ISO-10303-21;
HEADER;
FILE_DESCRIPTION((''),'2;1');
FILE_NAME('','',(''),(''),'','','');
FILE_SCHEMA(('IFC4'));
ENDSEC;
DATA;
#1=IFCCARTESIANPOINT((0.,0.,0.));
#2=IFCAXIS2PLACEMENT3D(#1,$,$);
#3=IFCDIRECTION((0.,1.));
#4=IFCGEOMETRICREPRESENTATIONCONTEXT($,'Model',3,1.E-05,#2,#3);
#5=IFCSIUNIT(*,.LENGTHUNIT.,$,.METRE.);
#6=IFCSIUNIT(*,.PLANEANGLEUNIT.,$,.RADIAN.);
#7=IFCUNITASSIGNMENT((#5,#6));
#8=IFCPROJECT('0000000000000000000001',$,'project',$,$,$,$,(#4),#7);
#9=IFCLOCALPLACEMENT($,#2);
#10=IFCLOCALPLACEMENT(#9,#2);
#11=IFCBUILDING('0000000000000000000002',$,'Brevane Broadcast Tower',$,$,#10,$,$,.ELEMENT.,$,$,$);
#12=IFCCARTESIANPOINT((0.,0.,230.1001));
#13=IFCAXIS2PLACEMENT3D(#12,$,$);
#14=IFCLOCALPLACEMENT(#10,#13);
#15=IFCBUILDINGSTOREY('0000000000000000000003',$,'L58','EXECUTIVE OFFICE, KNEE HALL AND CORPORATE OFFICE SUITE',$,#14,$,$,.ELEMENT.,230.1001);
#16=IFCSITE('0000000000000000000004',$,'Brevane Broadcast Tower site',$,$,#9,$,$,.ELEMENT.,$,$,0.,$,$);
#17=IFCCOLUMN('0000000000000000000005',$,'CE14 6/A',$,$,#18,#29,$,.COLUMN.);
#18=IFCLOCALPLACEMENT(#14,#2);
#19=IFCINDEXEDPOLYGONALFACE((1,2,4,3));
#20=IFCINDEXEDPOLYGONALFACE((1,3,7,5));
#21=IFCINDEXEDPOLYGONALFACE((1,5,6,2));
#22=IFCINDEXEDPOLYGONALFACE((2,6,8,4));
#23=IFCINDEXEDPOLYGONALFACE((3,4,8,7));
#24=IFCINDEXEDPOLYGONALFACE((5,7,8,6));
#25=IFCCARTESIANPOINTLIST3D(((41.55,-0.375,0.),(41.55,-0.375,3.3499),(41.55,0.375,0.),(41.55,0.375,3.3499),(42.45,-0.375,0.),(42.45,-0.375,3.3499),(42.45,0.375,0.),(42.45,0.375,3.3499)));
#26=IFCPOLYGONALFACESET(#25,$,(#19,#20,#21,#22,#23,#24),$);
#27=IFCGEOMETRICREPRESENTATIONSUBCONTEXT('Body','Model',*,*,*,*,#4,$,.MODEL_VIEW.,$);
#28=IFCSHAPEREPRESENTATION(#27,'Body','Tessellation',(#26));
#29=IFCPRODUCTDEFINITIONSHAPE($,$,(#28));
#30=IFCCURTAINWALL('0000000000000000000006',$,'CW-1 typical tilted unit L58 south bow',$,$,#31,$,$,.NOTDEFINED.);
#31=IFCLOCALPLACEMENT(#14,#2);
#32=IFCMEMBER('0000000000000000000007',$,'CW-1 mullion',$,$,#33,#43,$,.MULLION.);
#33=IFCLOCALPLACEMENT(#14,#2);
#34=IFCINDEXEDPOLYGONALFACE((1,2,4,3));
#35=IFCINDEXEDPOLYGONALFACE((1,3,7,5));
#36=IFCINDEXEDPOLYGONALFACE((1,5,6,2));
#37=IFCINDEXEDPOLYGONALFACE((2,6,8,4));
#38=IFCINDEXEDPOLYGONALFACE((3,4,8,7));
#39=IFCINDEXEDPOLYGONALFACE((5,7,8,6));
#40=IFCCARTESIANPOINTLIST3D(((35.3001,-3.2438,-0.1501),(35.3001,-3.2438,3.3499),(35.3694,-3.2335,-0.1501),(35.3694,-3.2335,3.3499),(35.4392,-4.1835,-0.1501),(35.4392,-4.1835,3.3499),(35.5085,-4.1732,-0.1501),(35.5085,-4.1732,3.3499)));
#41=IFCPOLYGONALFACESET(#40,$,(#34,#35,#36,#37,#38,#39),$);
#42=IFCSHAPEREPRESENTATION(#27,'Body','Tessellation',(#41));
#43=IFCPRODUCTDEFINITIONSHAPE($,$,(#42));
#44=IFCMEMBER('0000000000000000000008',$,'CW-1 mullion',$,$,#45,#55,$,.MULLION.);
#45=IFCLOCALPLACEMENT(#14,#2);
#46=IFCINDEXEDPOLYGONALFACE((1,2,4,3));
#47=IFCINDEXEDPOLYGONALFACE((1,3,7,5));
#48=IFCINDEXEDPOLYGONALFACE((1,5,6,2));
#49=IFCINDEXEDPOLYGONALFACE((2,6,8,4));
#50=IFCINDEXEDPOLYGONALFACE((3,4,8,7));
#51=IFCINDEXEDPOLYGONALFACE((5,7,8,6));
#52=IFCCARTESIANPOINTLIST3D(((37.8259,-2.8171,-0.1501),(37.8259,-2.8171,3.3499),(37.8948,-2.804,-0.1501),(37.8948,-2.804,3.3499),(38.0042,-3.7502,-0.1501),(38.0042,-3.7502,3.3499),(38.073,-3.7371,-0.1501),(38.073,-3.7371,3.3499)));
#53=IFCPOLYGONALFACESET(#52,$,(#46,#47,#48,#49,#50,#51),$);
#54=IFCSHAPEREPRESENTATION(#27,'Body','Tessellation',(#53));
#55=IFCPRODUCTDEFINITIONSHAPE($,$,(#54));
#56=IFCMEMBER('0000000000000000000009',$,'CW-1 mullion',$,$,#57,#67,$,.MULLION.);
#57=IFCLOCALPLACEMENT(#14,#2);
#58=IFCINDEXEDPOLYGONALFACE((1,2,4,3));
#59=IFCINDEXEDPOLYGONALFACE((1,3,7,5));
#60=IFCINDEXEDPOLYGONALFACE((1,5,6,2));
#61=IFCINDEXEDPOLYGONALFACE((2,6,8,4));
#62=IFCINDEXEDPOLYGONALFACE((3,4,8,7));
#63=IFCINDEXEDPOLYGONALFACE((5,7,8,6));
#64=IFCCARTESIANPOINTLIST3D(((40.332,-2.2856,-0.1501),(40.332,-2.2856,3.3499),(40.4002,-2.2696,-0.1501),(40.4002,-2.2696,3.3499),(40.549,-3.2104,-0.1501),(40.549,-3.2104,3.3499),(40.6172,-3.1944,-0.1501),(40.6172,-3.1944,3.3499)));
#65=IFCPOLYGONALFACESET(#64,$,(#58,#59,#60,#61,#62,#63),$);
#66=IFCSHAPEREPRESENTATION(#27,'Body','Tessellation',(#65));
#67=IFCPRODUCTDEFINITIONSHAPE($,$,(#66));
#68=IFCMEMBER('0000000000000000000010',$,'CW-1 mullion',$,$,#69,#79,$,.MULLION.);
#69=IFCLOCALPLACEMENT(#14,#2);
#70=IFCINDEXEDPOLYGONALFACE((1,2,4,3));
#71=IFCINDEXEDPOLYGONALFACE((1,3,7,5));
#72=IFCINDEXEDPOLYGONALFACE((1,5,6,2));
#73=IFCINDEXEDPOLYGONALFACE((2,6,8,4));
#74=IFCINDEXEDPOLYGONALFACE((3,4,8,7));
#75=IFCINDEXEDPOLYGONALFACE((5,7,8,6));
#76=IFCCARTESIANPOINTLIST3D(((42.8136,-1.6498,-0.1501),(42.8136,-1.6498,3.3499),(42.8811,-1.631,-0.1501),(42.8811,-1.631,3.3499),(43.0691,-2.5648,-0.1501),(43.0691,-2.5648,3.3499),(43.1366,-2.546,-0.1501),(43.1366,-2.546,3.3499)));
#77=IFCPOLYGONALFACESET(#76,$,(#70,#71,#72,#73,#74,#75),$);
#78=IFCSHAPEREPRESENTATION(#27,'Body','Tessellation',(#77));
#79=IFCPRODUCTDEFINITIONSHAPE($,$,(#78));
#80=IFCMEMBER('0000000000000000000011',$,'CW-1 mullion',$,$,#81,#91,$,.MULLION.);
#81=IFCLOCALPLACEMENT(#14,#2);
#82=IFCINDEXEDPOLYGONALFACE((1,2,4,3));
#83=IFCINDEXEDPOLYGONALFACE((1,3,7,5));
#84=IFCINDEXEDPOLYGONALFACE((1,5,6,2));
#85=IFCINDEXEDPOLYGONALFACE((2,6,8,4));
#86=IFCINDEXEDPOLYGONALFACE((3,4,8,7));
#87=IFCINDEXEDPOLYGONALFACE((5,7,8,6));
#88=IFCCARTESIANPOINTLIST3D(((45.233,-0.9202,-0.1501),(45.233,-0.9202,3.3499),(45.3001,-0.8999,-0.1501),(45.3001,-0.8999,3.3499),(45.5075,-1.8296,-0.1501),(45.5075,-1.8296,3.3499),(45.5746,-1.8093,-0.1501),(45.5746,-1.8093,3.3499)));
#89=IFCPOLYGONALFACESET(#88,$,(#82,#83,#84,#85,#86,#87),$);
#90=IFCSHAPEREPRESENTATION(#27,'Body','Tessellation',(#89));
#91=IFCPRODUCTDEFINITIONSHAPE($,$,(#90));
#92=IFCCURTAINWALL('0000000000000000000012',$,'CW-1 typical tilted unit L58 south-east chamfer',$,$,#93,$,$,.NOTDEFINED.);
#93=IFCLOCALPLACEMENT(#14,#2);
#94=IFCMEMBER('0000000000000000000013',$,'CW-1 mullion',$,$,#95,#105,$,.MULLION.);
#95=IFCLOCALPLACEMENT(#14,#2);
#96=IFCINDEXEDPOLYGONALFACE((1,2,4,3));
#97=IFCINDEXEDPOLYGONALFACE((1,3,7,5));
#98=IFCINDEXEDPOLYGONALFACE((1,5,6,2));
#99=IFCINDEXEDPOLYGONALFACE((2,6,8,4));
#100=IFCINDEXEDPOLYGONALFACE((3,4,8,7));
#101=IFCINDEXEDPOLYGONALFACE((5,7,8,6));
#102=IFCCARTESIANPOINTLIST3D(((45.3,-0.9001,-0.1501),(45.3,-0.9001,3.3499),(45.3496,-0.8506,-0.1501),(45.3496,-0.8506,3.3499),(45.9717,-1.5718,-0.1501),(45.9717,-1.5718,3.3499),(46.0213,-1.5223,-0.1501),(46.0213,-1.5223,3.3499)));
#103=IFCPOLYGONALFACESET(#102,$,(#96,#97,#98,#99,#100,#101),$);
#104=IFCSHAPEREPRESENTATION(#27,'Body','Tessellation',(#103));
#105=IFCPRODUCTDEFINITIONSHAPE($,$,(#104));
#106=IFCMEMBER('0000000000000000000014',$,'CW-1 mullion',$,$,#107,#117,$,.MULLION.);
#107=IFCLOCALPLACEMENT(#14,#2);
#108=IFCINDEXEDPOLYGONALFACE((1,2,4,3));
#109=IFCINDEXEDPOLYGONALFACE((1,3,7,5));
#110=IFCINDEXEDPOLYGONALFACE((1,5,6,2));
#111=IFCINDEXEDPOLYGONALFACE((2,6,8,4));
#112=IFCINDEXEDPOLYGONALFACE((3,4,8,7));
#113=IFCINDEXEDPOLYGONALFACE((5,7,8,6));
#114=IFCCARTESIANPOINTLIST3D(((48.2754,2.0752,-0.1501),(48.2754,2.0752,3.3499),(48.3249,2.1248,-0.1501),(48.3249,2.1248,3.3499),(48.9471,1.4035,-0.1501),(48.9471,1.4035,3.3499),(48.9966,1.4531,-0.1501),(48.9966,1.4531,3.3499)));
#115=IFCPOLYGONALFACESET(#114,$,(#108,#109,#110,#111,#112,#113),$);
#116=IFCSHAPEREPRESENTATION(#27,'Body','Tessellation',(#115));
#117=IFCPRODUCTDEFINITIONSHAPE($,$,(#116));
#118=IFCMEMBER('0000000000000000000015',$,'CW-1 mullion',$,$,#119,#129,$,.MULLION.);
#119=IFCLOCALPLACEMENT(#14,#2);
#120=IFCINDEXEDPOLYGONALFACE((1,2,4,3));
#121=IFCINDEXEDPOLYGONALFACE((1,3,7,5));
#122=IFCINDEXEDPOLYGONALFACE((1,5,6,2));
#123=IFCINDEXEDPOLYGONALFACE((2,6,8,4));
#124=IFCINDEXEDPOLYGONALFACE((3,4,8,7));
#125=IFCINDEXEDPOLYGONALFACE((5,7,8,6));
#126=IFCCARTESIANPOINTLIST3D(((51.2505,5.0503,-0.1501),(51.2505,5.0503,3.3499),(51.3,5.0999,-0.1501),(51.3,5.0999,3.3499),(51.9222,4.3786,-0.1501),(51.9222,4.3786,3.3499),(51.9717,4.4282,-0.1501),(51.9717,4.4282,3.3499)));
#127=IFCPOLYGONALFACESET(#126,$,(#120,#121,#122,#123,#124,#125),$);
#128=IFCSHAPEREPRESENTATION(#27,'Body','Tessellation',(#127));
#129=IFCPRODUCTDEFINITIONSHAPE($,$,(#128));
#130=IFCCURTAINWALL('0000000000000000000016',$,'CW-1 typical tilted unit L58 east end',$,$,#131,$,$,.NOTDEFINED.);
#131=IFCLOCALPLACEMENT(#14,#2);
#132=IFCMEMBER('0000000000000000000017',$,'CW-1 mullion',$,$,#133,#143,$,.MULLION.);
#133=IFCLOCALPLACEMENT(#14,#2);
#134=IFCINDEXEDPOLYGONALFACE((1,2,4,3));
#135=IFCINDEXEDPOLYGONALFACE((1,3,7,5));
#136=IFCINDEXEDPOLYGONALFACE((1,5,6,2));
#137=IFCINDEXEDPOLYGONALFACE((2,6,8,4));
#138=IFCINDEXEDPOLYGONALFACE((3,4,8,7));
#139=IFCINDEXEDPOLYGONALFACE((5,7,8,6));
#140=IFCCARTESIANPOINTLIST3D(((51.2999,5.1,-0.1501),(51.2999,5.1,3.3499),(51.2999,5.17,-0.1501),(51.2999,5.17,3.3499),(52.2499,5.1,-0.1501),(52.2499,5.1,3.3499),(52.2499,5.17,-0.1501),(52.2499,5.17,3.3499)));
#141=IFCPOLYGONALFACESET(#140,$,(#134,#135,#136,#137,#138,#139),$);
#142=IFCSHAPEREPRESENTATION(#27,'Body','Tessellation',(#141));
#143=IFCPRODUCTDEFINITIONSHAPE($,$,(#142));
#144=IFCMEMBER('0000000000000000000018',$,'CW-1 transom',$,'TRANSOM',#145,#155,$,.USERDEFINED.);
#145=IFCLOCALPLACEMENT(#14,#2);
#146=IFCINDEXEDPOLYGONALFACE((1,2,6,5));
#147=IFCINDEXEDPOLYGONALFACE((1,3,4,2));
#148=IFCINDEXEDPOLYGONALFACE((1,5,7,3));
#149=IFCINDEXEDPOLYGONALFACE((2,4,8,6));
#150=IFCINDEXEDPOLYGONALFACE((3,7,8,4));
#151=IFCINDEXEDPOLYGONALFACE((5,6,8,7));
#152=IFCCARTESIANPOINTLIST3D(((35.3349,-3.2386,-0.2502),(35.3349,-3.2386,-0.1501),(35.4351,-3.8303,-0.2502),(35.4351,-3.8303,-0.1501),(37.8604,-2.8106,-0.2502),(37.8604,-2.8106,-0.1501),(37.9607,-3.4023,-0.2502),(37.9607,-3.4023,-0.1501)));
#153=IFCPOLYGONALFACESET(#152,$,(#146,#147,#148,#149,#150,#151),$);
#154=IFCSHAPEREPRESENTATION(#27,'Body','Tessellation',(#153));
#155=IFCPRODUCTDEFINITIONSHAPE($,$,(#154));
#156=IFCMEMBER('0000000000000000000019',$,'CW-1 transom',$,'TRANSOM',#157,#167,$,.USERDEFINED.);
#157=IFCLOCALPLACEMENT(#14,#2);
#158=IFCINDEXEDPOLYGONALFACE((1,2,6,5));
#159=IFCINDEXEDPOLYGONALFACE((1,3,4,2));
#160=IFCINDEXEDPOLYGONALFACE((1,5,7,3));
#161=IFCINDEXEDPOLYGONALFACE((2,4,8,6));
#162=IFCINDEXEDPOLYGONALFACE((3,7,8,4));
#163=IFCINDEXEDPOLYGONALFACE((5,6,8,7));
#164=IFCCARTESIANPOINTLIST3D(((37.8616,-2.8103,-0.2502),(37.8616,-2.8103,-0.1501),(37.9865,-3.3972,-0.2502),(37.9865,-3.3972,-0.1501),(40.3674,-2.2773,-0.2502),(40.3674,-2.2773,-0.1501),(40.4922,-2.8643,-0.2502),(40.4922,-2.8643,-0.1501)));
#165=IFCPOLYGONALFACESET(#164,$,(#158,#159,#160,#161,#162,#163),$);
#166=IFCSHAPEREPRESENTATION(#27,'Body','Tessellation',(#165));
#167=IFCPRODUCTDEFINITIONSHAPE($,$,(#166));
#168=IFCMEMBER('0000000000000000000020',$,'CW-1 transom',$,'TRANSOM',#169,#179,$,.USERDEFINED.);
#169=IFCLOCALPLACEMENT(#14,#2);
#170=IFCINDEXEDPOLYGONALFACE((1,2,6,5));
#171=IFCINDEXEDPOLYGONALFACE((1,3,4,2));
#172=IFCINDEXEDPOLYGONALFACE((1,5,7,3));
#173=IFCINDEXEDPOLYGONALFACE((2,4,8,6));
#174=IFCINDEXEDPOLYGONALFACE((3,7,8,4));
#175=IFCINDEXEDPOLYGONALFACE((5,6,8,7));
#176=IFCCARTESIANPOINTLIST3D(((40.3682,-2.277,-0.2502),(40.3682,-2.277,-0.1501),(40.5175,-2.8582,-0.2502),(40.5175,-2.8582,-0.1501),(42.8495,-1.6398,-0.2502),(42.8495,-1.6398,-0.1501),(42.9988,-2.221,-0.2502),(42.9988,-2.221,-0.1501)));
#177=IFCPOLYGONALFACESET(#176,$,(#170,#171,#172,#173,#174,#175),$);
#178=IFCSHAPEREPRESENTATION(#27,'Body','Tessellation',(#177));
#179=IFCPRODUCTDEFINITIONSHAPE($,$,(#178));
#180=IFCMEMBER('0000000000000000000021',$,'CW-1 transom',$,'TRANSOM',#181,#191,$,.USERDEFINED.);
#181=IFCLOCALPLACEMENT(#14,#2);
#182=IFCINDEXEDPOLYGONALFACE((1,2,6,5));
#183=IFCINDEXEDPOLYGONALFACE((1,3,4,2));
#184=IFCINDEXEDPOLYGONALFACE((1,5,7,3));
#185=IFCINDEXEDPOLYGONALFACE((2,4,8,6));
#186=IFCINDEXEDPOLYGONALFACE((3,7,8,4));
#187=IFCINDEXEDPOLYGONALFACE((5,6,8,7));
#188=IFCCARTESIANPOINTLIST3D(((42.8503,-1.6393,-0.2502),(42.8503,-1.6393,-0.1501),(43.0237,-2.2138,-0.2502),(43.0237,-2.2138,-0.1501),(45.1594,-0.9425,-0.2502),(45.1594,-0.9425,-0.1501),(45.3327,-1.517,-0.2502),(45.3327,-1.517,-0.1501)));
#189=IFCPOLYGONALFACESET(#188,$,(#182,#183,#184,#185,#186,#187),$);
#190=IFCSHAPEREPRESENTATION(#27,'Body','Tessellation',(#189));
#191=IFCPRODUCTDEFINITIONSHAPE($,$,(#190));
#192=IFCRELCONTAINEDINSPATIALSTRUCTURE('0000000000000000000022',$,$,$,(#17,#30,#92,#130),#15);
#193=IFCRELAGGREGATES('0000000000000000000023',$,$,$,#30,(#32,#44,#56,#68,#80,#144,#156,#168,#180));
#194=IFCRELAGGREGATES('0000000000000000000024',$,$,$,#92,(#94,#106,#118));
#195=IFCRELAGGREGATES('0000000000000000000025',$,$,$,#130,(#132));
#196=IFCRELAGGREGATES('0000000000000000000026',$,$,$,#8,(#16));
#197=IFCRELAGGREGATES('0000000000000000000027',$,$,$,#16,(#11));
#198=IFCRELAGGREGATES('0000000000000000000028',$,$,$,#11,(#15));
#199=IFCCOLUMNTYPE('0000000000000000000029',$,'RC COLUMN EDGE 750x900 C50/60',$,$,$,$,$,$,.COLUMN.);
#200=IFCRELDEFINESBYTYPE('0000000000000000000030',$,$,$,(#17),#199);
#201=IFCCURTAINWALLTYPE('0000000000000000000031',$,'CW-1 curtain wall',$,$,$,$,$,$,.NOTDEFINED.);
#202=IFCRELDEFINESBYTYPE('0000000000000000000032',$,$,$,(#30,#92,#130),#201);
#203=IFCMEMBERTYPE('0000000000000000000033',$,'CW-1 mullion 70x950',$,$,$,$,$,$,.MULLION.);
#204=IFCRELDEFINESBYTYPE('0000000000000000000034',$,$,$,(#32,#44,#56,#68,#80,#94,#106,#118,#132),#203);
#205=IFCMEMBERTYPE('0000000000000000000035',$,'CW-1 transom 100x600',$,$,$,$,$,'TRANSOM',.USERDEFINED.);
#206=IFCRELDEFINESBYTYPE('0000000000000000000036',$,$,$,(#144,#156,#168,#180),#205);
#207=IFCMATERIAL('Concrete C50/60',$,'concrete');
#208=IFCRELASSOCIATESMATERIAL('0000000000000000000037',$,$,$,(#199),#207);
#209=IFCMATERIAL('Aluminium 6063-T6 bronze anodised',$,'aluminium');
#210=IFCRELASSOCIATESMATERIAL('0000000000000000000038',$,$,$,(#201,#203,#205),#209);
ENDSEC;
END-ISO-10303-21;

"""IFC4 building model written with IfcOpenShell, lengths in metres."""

from ifc_helpers import new_model, si_unit, direction, frame, origin, origin_2d, place, context, subcontext, project, spatial, rectangle, extrude, material, material_profile, profile_set, type_object, element, aggregate, save


model = new_model("IFC4")

# Units and contexts
model_context = context("Model", 3, precision=1e-05, world=origin(), true_north=direction((0.0, 1.0)))
body_context = subcontext(model_context, "Body", "Model", "MODEL_VIEW")
ifc_project = project(units=[si_unit("LENGTHUNIT", "METRE"), si_unit("PLANEANGLEUNIT", "RADIAN")], contexts=[model_context])

# Site, building, storey
site_placement = place(None, origin())
site = spatial("IfcSite", under=ifc_project, at=site_placement, Name="Brevane Broadcast Tower site", CompositionType="ELEMENT", RefElevation=0.0)
building_placement = place(site_placement, origin())
building = spatial("IfcBuilding", under=site, at=building_placement, Name="Brevane Broadcast Tower", CompositionType="ELEMENT")
storey_placement = place(building_placement, frame((0.0, 0.0, 230.1001)))
storey = spatial("IfcBuildingStorey", under=building, at=storey_placement, Name="L58", Description="EXECUTIVE OFFICE, KNEE HALL AND CORPORATE OFFICE SUITE", CompositionType="ELEMENT", Elevation=230.1001)

# Column
ifc_material_1 = material(Name="Concrete C50/60", Category="concrete")
ifc_material_profile_1 = material_profile(ifc_material_1, rectangle(XDim=0.75, YDim=0.8999, at=origin_2d()), Name="RC 750x900")
ifc_profile_set_1 = profile_set([ifc_material_profile_1], Name="Concrete C50/60")
column_type = type_object("IfcColumnType", Name="RC COLUMN EDGE 750x900 C50/60", PredefinedType="COLUMN", material=ifc_profile_set_1)
column_placement = place(storey_placement, frame((42.0, 0.0, 0.0), z_axis=(0.0, 0.0, 1.0), x_axis=(0.0, 1.0, 0.0)))
element("IfcColumn", 1, at=column_placement, inside=storey, type_object=column_type, Name="CE14 6/A", PredefinedType="COLUMN", context=body_context, shape_type="SweptSolid", body=[
    extrude(rectangle(XDim=0.75, YDim=0.8999, at=origin_2d()), origin(), (0.0, 0.0, 1.0), 3.3499),
])

# Curtain walls, members
ifc_material_2 = material(Name="Aluminium 6063-T6 bronze anodised", Category="aluminium")
curtain_wall_type = type_object("IfcCurtainWallType", Name="CW-1 curtain wall", PredefinedType="NOTDEFINED", material=ifc_material_2)
curtain_wall_1_placement = place(storey_placement, origin())
curtain_wall_1 = element("IfcCurtainWall", 2, at=curtain_wall_1_placement, inside=storey, type_object=curtain_wall_type, Name="CW-1 typical tilted unit L58 south bow", PredefinedType="NOTDEFINED")
ifc_material_profile_2 = material_profile(ifc_material_2, rectangle(XDim=0.95, YDim=0.0701, at=origin_2d()), Name="RECT 70x950")
ifc_profile_set_2 = profile_set([ifc_material_profile_2], Name="Aluminium 6063-T6 bronze anodised")
member_type_1 = type_object("IfcMemberType", Name="CW-1 mullion 70x950", PredefinedType="MULLION", material=ifc_profile_set_2)
member_1_placement = place(storey_placement, frame((35.4043, -3.7085, -0.1501), z_axis=(0.0, 0.0, 1.0), x_axis=(-0.146447, 0.989218, 0.0)))
member_1 = element("IfcMember", 3, at=member_1_placement, type_object=member_type_1, Name="CW-1 mullion", PredefinedType="MULLION", context=body_context, shape_type="SweptSolid", body=[
    extrude(rectangle(XDim=0.95, YDim=0.0701, at=origin_2d()), origin(), (0.0, 0.0, 1.0), 3.5),
])
member_2_placement = place(storey_placement, frame((37.9495, -3.2771, -0.1501), z_axis=(0.0, 0.0, 1.0), x_axis=(-0.187621, 0.982242, 0.0)))
member_2 = element("IfcMember", 4, at=member_2_placement, type_object=member_type_1, Name="CW-1 mullion", PredefinedType="MULLION", context=body_context, shape_type="SweptSolid", body=[
    extrude(rectangle(XDim=0.95, YDim=0.0701, at=origin_2d()), origin(), (0.0, 0.0, 1.0), 3.5),
])
member_3_placement = place(storey_placement, frame((40.4746, -2.74, -0.1501), z_axis=(0.0, 0.0, 1.0), x_axis=(-0.228467, 0.973552, 0.0)))
member_3 = element("IfcMember", 5, at=member_3_placement, type_object=member_type_1, Name="CW-1 mullion", PredefinedType="MULLION", context=body_context, shape_type="SweptSolid", body=[
    extrude(rectangle(XDim=0.95, YDim=0.0701, at=origin_2d()), origin(), (0.0, 0.0, 1.0), 3.5),
])
member_4_placement = place(storey_placement, frame((42.9751, -2.0979, -0.1501), z_axis=(0.0, 0.0, 1.0), x_axis=(-0.268916, 0.963164, 0.0)))
member_4 = element("IfcMember", 6, at=member_4_placement, type_object=member_type_1, Name="CW-1 mullion", PredefinedType="MULLION", context=body_context, shape_type="SweptSolid", body=[
    extrude(rectangle(XDim=0.95, YDim=0.0701, at=origin_2d()), origin(), (0.0, 0.0, 1.0), 3.5),
])
member_5_placement = place(storey_placement, frame((45.4038, -1.3647, -0.1501), z_axis=(0.0, 0.0, 1.0), x_axis=(-0.288968, 0.957339, 0.0)))
member_5 = element("IfcMember", 7, at=member_5_placement, type_object=member_type_1, Name="CW-1 mullion", PredefinedType="MULLION", context=body_context, shape_type="SweptSolid", body=[
    extrude(rectangle(XDim=0.95, YDim=0.0701, at=origin_2d()), origin(), (0.0, 0.0, 1.0), 3.5),
])
curtain_wall_2_placement = place(storey_placement, origin())
curtain_wall_2 = element("IfcCurtainWall", 8, at=curtain_wall_2_placement, inside=storey, type_object=curtain_wall_type, Name="CW-1 typical tilted unit L58 south-east chamfer", PredefinedType="NOTDEFINED")
member_6_placement = place(storey_placement, frame((45.6606, -1.2112, -0.1501), z_axis=(0.0, 0.0, 1.0), x_axis=(-0.707107, 0.707107, 0.0)))
member_6 = element("IfcMember", 9, at=member_6_placement, type_object=member_type_1, Name="CW-1 mullion", PredefinedType="MULLION", context=body_context, shape_type="SweptSolid", body=[
    extrude(rectangle(XDim=0.95, YDim=0.0701, at=origin_2d()), origin(), (0.0, 0.0, 1.0), 3.5),
])
member_7_placement = place(storey_placement, frame((48.636, 1.7642, -0.1501), z_axis=(0.0, 0.0, 1.0), x_axis=(-0.707107, 0.707107, 0.0)))
member_7 = element("IfcMember", 10, at=member_7_placement, type_object=member_type_1, Name="CW-1 mullion", PredefinedType="MULLION", context=body_context, shape_type="SweptSolid", body=[
    extrude(rectangle(XDim=0.95, YDim=0.0701, at=origin_2d()), origin(), (0.0, 0.0, 1.0), 3.5),
])
member_8_placement = place(storey_placement, frame((51.6111, 4.7393, -0.1501), z_axis=(0.0, 0.0, 1.0), x_axis=(-0.707107, 0.707107, 0.0)))
member_8 = element("IfcMember", 11, at=member_8_placement, type_object=member_type_1, Name="CW-1 mullion", PredefinedType="MULLION", context=body_context, shape_type="SweptSolid", body=[
    extrude(rectangle(XDim=0.95, YDim=0.0701, at=origin_2d()), origin(), (0.0, 0.0, 1.0), 3.5),
])

# Curtain wall, member
curtain_wall_3_placement = place(storey_placement, origin())
curtain_wall_3 = element("IfcCurtainWall", 12, at=curtain_wall_3_placement, inside=storey, type_object=curtain_wall_type, Name="CW-1 typical tilted unit L58 east end", PredefinedType="NOTDEFINED")
member_9_placement = place(storey_placement, frame((51.7749, 5.135, -0.1501), z_axis=(0.0, 0.0, 1.0), x_axis=(-1.0, 0.0, 0.0)))
member_9 = element("IfcMember", 13, at=member_9_placement, type_object=member_type_1, Name="CW-1 mullion", PredefinedType="MULLION", context=body_context, shape_type="SweptSolid", body=[
    extrude(rectangle(XDim=0.95, YDim=0.0701, at=origin_2d()), origin(), (0.0, 0.0, 1.0), 3.5),
])

# Members
ifc_material_profile_3 = material_profile(ifc_material_2, rectangle(XDim=0.6001, YDim=0.1001, at=origin_2d()), Name="RECT 100x600")
ifc_profile_set_3 = profile_set([ifc_material_profile_3], Name="Aluminium 6063-T6 bronze anodised")
member_type_2 = type_object("IfcMemberType", Name="CW-1 transom 100x600", ElementType="TRANSOM", PredefinedType="USERDEFINED", material=ifc_profile_set_3)
member_10_placement = place(storey_placement, frame((35.385, -3.5344, -0.2002), z_axis=(0.985945, 0.167072, 0.0), x_axis=(-0.167072, 0.985945, 0.0)))
member_10 = element("IfcMember", 14, at=member_10_placement, type_object=member_type_2, Name="CW-1 transom", ObjectType="TRANSOM", PredefinedType="USERDEFINED", context=body_context, shape_type="SweptSolid", body=[
    extrude(rectangle(XDim=0.6001, YDim=0.1001, at=origin_2d()), origin(), (0.0, 0.0, 1.0), 2.5615),
])
member_11_placement = place(storey_placement, frame((37.9241, -3.1038, -0.2002), z_axis=(0.978118, 0.208051, 0.0), x_axis=(-0.208051, 0.978118, 0.0)))
member_11 = element("IfcMember", 15, at=member_11_placement, type_object=member_type_2, Name="CW-1 transom", ObjectType="TRANSOM", PredefinedType="USERDEFINED", context=body_context, shape_type="SweptSolid", body=[
    extrude(rectangle(XDim=0.6001, YDim=0.1001, at=origin_2d()), origin(), (0.0, 0.0, 1.0), 2.5618),
])
member_12_placement = place(storey_placement, frame((40.4429, -2.5676, -0.2002), z_axis=(0.96857, 0.248742, 0.0), x_axis=(-0.248742, 0.96857, 0.0)))
member_12 = element("IfcMember", 16, at=member_12_placement, type_object=member_type_2, Name="CW-1 transom", ObjectType="TRANSOM", PredefinedType="USERDEFINED", context=body_context, shape_type="SweptSolid", body=[
    extrude(rectangle(XDim=0.6001, YDim=0.1001, at=origin_2d()), origin(), (0.0, 0.0, 1.0), 2.5618),
])
member_13_placement = place(storey_placement, frame((42.937, -1.9265, -0.2002), z_axis=(0.957363, 0.288889, 0.0), x_axis=(-0.288889, 0.957363, 0.0)))
member_13 = element("IfcMember", 17, at=member_13_placement, type_object=member_type_2, Name="CW-1 transom", ObjectType="TRANSOM", PredefinedType="USERDEFINED", context=body_context, shape_type="SweptSolid", body=[
    extrude(rectangle(XDim=0.6001, YDim=0.1001, at=origin_2d()), origin(), (0.0, 0.0, 1.0), 2.4119),
])
aggregate(curtain_wall_1, [member_1, member_2, member_3, member_4, member_5, member_10, member_11, member_12, member_13])
aggregate(curtain_wall_2, [member_6, member_7, member_8])
aggregate(curtain_wall_3, [member_9])

save(model, "model.ifc")
